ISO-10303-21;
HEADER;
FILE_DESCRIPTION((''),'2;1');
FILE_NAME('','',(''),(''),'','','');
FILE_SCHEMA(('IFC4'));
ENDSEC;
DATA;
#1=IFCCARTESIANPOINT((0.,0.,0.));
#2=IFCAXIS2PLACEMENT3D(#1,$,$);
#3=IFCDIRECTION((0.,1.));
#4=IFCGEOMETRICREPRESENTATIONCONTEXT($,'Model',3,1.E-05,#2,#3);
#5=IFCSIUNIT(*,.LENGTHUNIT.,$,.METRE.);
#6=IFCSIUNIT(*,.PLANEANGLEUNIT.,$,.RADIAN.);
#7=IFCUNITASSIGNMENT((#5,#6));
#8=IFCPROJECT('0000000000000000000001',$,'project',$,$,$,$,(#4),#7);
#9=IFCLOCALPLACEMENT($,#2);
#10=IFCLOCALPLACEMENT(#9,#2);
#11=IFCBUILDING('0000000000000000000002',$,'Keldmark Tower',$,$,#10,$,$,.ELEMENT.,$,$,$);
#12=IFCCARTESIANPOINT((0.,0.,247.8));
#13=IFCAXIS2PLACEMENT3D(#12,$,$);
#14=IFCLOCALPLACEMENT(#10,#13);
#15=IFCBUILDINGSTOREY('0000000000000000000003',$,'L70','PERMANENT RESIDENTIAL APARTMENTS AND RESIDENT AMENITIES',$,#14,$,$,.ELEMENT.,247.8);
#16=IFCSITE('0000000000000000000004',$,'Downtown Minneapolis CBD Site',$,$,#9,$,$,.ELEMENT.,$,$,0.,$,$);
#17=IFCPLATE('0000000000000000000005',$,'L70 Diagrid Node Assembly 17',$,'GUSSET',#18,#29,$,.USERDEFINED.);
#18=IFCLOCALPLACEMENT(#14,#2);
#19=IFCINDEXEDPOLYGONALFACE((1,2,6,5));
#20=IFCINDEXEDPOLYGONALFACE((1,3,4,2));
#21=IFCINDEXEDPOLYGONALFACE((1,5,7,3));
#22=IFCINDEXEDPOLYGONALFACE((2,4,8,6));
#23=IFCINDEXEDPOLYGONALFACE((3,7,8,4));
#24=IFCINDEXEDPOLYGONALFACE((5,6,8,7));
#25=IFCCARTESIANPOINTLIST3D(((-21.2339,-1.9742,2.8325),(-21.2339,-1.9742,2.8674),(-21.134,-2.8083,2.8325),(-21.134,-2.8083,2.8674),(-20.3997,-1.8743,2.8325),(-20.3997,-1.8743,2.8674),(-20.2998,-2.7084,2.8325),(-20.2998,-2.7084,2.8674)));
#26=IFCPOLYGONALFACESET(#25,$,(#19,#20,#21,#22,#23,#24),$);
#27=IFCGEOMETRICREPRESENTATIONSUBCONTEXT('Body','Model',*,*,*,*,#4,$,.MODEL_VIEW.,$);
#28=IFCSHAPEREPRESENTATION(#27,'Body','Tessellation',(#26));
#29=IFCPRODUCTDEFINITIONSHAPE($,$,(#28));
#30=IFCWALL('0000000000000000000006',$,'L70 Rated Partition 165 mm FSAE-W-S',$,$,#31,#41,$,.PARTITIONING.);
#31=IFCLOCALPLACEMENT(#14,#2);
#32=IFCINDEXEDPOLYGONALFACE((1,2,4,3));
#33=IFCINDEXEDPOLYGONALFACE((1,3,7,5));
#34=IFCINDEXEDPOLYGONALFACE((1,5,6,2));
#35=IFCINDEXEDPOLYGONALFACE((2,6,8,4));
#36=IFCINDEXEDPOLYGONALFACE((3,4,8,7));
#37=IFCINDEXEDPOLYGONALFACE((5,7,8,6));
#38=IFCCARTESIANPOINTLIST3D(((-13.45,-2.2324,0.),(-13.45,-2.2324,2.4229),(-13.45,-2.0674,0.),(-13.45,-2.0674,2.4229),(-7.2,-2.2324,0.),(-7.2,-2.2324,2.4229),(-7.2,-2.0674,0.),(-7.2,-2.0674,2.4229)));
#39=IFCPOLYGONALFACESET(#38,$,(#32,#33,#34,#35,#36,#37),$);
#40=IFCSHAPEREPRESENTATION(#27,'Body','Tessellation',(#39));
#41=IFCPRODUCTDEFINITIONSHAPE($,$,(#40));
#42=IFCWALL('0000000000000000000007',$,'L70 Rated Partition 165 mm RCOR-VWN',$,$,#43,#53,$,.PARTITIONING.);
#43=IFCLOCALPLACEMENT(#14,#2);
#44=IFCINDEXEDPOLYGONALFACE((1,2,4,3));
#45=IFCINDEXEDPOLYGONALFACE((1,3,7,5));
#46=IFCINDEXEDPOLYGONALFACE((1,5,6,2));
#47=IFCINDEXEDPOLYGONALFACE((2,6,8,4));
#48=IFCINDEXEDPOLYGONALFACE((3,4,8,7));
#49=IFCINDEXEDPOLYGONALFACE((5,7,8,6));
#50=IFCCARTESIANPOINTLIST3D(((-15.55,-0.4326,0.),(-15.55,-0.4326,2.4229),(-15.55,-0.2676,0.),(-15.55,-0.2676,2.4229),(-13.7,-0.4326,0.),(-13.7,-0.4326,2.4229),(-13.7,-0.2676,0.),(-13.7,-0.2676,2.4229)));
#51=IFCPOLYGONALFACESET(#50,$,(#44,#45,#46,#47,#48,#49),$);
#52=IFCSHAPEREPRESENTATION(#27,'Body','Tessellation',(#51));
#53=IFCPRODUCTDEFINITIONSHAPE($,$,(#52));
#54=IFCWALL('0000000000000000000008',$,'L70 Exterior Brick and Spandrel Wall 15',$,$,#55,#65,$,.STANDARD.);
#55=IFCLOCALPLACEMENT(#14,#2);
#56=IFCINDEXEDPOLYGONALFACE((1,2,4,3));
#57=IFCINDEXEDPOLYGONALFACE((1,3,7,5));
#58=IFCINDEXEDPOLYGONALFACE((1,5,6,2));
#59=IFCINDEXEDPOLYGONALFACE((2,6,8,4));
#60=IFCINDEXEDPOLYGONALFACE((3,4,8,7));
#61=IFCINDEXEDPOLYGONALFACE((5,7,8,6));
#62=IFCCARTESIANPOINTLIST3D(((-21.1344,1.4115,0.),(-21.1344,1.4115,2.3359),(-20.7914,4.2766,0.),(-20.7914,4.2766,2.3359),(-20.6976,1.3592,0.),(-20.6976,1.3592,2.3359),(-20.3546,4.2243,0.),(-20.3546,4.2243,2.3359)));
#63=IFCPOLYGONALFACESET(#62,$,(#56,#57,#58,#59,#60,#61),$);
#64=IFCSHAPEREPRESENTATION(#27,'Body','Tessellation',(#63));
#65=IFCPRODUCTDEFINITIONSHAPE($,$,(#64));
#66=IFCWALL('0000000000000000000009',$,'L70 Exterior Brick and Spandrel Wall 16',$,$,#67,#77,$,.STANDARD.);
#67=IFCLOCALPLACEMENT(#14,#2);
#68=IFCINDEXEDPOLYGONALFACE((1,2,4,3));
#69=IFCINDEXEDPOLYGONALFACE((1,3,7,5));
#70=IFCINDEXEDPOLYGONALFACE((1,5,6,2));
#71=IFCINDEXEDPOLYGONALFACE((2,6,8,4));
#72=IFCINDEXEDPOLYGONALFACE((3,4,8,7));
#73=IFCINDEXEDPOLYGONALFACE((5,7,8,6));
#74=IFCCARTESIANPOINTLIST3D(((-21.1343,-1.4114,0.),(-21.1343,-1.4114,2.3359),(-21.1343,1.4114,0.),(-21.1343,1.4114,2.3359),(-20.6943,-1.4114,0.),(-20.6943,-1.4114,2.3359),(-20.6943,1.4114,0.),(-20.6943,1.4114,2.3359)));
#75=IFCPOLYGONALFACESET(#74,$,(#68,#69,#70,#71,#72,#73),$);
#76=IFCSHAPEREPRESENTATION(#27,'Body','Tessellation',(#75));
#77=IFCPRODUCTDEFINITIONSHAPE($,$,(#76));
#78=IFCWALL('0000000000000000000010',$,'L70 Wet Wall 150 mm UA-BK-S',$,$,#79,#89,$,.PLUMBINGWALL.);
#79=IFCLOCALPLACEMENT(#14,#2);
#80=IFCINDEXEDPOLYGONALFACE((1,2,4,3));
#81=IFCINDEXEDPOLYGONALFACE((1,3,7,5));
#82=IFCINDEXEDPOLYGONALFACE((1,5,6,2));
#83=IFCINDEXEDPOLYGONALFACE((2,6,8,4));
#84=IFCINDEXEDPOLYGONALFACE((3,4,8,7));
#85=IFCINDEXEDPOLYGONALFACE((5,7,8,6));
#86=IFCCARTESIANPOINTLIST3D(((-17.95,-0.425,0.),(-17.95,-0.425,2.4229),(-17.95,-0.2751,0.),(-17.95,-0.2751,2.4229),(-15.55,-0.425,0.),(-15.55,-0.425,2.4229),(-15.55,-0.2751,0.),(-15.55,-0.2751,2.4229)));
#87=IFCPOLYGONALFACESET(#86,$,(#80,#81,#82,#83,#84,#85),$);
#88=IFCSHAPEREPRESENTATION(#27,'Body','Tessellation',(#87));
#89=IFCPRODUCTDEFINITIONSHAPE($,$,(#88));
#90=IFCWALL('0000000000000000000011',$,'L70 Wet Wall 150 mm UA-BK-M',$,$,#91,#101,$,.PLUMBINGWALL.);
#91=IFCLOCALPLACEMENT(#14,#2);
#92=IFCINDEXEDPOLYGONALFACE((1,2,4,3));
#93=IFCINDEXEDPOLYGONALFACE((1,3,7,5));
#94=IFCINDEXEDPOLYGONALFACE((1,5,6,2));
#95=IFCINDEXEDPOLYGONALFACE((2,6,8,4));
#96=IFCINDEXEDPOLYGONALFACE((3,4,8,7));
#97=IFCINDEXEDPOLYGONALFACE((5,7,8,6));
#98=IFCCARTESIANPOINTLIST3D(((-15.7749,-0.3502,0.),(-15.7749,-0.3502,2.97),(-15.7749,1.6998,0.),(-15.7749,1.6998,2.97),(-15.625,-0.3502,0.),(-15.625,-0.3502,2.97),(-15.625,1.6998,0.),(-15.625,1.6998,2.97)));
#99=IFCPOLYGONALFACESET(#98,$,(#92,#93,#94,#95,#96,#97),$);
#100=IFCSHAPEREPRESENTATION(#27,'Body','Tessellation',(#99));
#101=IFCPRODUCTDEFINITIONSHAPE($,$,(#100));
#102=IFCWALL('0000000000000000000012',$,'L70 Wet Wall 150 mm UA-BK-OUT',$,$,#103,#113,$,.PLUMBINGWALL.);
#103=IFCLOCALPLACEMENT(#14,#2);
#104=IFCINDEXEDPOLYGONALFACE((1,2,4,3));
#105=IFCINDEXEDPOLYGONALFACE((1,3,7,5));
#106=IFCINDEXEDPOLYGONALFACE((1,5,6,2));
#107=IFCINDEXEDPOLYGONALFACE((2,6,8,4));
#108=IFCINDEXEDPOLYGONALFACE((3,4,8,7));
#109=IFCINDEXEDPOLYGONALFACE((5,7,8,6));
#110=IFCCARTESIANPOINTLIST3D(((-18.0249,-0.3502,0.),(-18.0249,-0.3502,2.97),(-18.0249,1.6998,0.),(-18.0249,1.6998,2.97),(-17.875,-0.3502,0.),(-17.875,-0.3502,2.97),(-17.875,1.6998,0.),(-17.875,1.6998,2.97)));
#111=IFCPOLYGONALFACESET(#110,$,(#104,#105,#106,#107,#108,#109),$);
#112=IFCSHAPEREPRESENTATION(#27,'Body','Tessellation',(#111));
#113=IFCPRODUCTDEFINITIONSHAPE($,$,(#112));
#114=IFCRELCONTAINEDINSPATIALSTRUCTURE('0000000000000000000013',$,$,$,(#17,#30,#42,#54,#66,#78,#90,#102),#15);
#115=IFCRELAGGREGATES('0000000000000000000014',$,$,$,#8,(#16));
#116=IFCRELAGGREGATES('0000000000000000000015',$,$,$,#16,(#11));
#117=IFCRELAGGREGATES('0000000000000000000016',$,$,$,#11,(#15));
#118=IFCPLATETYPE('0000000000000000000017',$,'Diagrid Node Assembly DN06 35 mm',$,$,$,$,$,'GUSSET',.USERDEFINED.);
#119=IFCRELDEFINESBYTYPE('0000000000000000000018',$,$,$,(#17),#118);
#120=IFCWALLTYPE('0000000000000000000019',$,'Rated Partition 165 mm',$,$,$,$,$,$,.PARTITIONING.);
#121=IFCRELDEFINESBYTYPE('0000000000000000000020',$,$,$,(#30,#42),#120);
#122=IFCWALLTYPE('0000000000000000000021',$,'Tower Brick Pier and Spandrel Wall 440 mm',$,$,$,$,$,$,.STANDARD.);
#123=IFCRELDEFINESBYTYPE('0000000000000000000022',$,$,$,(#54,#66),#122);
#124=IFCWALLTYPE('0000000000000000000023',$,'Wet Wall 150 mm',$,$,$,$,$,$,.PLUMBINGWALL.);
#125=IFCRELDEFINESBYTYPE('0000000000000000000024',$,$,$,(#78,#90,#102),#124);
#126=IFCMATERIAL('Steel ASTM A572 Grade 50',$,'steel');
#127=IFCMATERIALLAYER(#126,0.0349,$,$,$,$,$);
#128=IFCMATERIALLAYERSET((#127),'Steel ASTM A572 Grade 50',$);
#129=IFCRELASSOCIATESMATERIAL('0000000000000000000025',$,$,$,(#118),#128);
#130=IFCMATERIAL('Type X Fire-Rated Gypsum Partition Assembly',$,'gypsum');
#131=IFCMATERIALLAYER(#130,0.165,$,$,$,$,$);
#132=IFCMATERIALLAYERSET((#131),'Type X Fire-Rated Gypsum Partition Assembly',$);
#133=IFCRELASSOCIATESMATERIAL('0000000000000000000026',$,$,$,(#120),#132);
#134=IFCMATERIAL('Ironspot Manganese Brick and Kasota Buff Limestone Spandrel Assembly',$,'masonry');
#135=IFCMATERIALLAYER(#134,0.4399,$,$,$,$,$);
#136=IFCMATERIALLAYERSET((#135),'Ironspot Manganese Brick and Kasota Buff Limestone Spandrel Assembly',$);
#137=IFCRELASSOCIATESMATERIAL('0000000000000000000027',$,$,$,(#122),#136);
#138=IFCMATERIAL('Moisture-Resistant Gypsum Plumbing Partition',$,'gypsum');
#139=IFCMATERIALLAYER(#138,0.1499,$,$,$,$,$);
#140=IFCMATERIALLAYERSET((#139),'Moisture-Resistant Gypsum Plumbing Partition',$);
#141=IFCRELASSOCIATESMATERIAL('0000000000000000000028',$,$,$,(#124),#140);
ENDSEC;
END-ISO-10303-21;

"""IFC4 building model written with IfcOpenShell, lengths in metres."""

from ifc_helpers import new_model, si_unit, direction, frame, frame_2d, origin, origin_2d, place, context, subcontext, project, spatial, rectangle, extrude, material, layer, layer_set, type_object, element, save


model = new_model("IFC4")

# Units and contexts
model_context = context("Model", 3, precision=1e-05, world=origin(), true_north=direction((0.0, 1.0)))
body_context = subcontext(model_context, "Body", "Model", "MODEL_VIEW")
ifc_project = project(units=[si_unit("LENGTHUNIT", "METRE"), si_unit("PLANEANGLEUNIT", "RADIAN")], contexts=[model_context])

# Site, building, storey
site_placement = place(None, origin())
site = spatial("IfcSite", under=ifc_project, at=site_placement, Name="Downtown Minneapolis CBD Site", CompositionType="ELEMENT", RefElevation=0.0)
building_placement = place(site_placement, origin())
building = spatial("IfcBuilding", under=site, at=building_placement, Name="Keldmark Tower", CompositionType="ELEMENT")
storey_placement = place(building_placement, frame((0.0, 0.0, 247.8)))
storey = spatial("IfcBuildingStorey", under=building, at=storey_placement, Name="L70", Description="PERMANENT RESIDENTIAL APARTMENTS AND RESIDENT AMENITIES", CompositionType="ELEMENT", Elevation=247.8)

# Plate
ifc_material_1 = material(Name="Steel ASTM A572 Grade 50", Category="steel")
ifc_layer_1 = layer(ifc_material_1, 0.0349)
ifc_layer_set_1 = layer_set([ifc_layer_1], Name="Steel ASTM A572 Grade 50")
plate_type_1 = type_object("IfcPlateType", Name="Diagrid Node Assembly DN06 35 mm", ElementType="GUSSET", PredefinedType="USERDEFINED", material=ifc_layer_set_1)
for number, where, z_axis, x_axis, name in (
    (1, (-20.7668, -2.3413, 2.8325), (0.0, 0.0, 1.0), (0.118924, -0.992903, 0.0), "L70 Diagrid Node Assembly 17"),
):
    element("IfcPlate", number, at=place(storey_placement, frame(where, z_axis=z_axis, x_axis=x_axis)), inside=storey, type_object=plate_type_1, Name=name, ObjectType="GUSSET", PredefinedType="USERDEFINED", context=body_context, shape_type="SweptSolid", body=[
        extrude(rectangle(XDim=0.8401, YDim=0.8401, at=origin_2d()), origin(), (0.0, 0.0, 1.0), 0.0349),
    ])

# Wall
ifc_material_2 = material(Name="Type X Fire-Rated Gypsum Partition Assembly", Category="gypsum")
ifc_layer_2 = layer(ifc_material_2, 0.165)
ifc_layer_set_2 = layer_set([ifc_layer_2], Name="Type X Fire-Rated Gypsum Partition Assembly")
wall_type_1 = type_object("IfcWallType", Name="Rated Partition 165 mm", PredefinedType="PARTITIONING", material=ifc_layer_set_2)
wall_1_placement = place(storey_placement, frame((-13.45, -2.1499, 0.0), z_axis=(0.0, 0.0, 1.0), x_axis=(1.0, 0.0, 0.0)))
element("IfcWall", 2, at=wall_1_placement, inside=storey, type_object=wall_type_1, Name="L70 Rated Partition 165 mm FSAE-W-S", PredefinedType="PARTITIONING", context=body_context, shape_type="SweptSolid", body=[
    extrude(rectangle(XDim=6.25, YDim=0.165, at=frame_2d((3.125, 0.0))), origin(), (0.0, 0.0, 1.0), 2.4229),
])

# Walls
wall_2_placement = place(storey_placement, frame((-15.55, -0.3501, 0.0), z_axis=(0.0, 0.0, 1.0), x_axis=(1.0, 0.0, 0.0)))
element("IfcWall", 3, at=wall_2_placement, inside=storey, type_object=wall_type_1, Name="L70 Rated Partition 165 mm RCOR-VWN", PredefinedType="PARTITIONING", context=body_context, shape_type="SweptSolid", body=[
    extrude(rectangle(XDim=1.8501, YDim=0.165, at=frame_2d((0.925, 0.0))), origin(), (0.0, 0.0, 1.0), 2.4229),
])
ifc_material_3 = material(Name="Ironspot Manganese Brick and Kasota Buff Limestone Spandrel Assembly", Category="masonry")
ifc_layer_3 = layer(ifc_material_3, 0.4399)
ifc_layer_set_3 = layer_set([ifc_layer_3], Name="Ironspot Manganese Brick and Kasota Buff Limestone Spandrel Assembly")
wall_type_2 = type_object("IfcWallType", Name="Tower Brick Pier and Spandrel Wall 440 mm", PredefinedType="STANDARD", material=ifc_layer_set_3)
wall_3_placement = place(storey_placement, frame((-20.916, 1.3853, 0.0), z_axis=(0.0, 0.0, 1.0), x_axis=(0.118878, 0.992909, 0.0)))
element("IfcWall", 4, at=wall_3_placement, inside=storey, type_object=wall_type_2, Name="L70 Exterior Brick and Spandrel Wall 15", PredefinedType="STANDARD", context=body_context, shape_type="SweptSolid", body=[
    extrude(rectangle(XDim=2.8855, YDim=0.4399, at=frame_2d((1.4429, 0.0))), origin(), (0.0, 0.0, 1.0), 2.3359),
])
wall_4_placement = place(storey_placement, frame((-20.9143, -1.4114, 0.0), z_axis=(0.0, 0.0, 1.0), x_axis=(0.0, 1.0, 0.0)))
element("IfcWall", 5, at=wall_4_placement, inside=storey, type_object=wall_type_2, Name="L70 Exterior Brick and Spandrel Wall 16", PredefinedType="STANDARD", context=body_context, shape_type="SweptSolid", body=[
    extrude(rectangle(XDim=2.8228, YDim=0.4399, at=frame_2d((1.4114, 0.0))), origin(), (0.0, 0.0, 1.0), 2.3359),
])
ifc_material_4 = material(Name="Moisture-Resistant Gypsum Plumbing Partition", Category="gypsum")
ifc_layer_4 = layer(ifc_material_4, 0.1499)
ifc_layer_set_4 = layer_set([ifc_layer_4], Name="Moisture-Resistant Gypsum Plumbing Partition")
wall_type_3 = type_object("IfcWallType", Name="Wet Wall 150 mm", PredefinedType="PLUMBINGWALL", material=ifc_layer_set_4)
wall_5_placement = place(storey_placement, frame((-17.95, -0.3501, 0.0), z_axis=(0.0, 0.0, 1.0), x_axis=(1.0, 0.0, 0.0)))
element("IfcWall", 6, at=wall_5_placement, inside=storey, type_object=wall_type_3, Name="L70 Wet Wall 150 mm UA-BK-S", PredefinedType="PLUMBINGWALL", context=body_context, shape_type="SweptSolid", body=[
    extrude(rectangle(XDim=2.3999, YDim=0.1499, at=frame_2d((1.2, 0.0))), origin(), (0.0, 0.0, 1.0), 2.4229),
])
for number, where, z_axis, x_axis, name in (
    (7, (-15.7, -0.3501, 0.0), (0.0, 0.0, 1.0), (0.0, 1.0, 0.0), "L70 Wet Wall 150 mm UA-BK-M"),
    (8, (-17.95, -0.3501, 0.0), (0.0, 0.0, 1.0), (0.0, 1.0, 0.0), "L70 Wet Wall 150 mm UA-BK-OUT"),
):
    element("IfcWall", number, at=place(storey_placement, frame(where, z_axis=z_axis, x_axis=x_axis)), inside=storey, type_object=wall_type_3, Name=name, PredefinedType="PLUMBINGWALL", context=body_context, shape_type="SweptSolid", body=[
        extrude(rectangle(XDim=2.05, YDim=0.1499, at=frame_2d((1.0249, 0.0))), origin(), (0.0, 0.0, 1.0), 2.97),
    ])

save(model, "model.ifc")
